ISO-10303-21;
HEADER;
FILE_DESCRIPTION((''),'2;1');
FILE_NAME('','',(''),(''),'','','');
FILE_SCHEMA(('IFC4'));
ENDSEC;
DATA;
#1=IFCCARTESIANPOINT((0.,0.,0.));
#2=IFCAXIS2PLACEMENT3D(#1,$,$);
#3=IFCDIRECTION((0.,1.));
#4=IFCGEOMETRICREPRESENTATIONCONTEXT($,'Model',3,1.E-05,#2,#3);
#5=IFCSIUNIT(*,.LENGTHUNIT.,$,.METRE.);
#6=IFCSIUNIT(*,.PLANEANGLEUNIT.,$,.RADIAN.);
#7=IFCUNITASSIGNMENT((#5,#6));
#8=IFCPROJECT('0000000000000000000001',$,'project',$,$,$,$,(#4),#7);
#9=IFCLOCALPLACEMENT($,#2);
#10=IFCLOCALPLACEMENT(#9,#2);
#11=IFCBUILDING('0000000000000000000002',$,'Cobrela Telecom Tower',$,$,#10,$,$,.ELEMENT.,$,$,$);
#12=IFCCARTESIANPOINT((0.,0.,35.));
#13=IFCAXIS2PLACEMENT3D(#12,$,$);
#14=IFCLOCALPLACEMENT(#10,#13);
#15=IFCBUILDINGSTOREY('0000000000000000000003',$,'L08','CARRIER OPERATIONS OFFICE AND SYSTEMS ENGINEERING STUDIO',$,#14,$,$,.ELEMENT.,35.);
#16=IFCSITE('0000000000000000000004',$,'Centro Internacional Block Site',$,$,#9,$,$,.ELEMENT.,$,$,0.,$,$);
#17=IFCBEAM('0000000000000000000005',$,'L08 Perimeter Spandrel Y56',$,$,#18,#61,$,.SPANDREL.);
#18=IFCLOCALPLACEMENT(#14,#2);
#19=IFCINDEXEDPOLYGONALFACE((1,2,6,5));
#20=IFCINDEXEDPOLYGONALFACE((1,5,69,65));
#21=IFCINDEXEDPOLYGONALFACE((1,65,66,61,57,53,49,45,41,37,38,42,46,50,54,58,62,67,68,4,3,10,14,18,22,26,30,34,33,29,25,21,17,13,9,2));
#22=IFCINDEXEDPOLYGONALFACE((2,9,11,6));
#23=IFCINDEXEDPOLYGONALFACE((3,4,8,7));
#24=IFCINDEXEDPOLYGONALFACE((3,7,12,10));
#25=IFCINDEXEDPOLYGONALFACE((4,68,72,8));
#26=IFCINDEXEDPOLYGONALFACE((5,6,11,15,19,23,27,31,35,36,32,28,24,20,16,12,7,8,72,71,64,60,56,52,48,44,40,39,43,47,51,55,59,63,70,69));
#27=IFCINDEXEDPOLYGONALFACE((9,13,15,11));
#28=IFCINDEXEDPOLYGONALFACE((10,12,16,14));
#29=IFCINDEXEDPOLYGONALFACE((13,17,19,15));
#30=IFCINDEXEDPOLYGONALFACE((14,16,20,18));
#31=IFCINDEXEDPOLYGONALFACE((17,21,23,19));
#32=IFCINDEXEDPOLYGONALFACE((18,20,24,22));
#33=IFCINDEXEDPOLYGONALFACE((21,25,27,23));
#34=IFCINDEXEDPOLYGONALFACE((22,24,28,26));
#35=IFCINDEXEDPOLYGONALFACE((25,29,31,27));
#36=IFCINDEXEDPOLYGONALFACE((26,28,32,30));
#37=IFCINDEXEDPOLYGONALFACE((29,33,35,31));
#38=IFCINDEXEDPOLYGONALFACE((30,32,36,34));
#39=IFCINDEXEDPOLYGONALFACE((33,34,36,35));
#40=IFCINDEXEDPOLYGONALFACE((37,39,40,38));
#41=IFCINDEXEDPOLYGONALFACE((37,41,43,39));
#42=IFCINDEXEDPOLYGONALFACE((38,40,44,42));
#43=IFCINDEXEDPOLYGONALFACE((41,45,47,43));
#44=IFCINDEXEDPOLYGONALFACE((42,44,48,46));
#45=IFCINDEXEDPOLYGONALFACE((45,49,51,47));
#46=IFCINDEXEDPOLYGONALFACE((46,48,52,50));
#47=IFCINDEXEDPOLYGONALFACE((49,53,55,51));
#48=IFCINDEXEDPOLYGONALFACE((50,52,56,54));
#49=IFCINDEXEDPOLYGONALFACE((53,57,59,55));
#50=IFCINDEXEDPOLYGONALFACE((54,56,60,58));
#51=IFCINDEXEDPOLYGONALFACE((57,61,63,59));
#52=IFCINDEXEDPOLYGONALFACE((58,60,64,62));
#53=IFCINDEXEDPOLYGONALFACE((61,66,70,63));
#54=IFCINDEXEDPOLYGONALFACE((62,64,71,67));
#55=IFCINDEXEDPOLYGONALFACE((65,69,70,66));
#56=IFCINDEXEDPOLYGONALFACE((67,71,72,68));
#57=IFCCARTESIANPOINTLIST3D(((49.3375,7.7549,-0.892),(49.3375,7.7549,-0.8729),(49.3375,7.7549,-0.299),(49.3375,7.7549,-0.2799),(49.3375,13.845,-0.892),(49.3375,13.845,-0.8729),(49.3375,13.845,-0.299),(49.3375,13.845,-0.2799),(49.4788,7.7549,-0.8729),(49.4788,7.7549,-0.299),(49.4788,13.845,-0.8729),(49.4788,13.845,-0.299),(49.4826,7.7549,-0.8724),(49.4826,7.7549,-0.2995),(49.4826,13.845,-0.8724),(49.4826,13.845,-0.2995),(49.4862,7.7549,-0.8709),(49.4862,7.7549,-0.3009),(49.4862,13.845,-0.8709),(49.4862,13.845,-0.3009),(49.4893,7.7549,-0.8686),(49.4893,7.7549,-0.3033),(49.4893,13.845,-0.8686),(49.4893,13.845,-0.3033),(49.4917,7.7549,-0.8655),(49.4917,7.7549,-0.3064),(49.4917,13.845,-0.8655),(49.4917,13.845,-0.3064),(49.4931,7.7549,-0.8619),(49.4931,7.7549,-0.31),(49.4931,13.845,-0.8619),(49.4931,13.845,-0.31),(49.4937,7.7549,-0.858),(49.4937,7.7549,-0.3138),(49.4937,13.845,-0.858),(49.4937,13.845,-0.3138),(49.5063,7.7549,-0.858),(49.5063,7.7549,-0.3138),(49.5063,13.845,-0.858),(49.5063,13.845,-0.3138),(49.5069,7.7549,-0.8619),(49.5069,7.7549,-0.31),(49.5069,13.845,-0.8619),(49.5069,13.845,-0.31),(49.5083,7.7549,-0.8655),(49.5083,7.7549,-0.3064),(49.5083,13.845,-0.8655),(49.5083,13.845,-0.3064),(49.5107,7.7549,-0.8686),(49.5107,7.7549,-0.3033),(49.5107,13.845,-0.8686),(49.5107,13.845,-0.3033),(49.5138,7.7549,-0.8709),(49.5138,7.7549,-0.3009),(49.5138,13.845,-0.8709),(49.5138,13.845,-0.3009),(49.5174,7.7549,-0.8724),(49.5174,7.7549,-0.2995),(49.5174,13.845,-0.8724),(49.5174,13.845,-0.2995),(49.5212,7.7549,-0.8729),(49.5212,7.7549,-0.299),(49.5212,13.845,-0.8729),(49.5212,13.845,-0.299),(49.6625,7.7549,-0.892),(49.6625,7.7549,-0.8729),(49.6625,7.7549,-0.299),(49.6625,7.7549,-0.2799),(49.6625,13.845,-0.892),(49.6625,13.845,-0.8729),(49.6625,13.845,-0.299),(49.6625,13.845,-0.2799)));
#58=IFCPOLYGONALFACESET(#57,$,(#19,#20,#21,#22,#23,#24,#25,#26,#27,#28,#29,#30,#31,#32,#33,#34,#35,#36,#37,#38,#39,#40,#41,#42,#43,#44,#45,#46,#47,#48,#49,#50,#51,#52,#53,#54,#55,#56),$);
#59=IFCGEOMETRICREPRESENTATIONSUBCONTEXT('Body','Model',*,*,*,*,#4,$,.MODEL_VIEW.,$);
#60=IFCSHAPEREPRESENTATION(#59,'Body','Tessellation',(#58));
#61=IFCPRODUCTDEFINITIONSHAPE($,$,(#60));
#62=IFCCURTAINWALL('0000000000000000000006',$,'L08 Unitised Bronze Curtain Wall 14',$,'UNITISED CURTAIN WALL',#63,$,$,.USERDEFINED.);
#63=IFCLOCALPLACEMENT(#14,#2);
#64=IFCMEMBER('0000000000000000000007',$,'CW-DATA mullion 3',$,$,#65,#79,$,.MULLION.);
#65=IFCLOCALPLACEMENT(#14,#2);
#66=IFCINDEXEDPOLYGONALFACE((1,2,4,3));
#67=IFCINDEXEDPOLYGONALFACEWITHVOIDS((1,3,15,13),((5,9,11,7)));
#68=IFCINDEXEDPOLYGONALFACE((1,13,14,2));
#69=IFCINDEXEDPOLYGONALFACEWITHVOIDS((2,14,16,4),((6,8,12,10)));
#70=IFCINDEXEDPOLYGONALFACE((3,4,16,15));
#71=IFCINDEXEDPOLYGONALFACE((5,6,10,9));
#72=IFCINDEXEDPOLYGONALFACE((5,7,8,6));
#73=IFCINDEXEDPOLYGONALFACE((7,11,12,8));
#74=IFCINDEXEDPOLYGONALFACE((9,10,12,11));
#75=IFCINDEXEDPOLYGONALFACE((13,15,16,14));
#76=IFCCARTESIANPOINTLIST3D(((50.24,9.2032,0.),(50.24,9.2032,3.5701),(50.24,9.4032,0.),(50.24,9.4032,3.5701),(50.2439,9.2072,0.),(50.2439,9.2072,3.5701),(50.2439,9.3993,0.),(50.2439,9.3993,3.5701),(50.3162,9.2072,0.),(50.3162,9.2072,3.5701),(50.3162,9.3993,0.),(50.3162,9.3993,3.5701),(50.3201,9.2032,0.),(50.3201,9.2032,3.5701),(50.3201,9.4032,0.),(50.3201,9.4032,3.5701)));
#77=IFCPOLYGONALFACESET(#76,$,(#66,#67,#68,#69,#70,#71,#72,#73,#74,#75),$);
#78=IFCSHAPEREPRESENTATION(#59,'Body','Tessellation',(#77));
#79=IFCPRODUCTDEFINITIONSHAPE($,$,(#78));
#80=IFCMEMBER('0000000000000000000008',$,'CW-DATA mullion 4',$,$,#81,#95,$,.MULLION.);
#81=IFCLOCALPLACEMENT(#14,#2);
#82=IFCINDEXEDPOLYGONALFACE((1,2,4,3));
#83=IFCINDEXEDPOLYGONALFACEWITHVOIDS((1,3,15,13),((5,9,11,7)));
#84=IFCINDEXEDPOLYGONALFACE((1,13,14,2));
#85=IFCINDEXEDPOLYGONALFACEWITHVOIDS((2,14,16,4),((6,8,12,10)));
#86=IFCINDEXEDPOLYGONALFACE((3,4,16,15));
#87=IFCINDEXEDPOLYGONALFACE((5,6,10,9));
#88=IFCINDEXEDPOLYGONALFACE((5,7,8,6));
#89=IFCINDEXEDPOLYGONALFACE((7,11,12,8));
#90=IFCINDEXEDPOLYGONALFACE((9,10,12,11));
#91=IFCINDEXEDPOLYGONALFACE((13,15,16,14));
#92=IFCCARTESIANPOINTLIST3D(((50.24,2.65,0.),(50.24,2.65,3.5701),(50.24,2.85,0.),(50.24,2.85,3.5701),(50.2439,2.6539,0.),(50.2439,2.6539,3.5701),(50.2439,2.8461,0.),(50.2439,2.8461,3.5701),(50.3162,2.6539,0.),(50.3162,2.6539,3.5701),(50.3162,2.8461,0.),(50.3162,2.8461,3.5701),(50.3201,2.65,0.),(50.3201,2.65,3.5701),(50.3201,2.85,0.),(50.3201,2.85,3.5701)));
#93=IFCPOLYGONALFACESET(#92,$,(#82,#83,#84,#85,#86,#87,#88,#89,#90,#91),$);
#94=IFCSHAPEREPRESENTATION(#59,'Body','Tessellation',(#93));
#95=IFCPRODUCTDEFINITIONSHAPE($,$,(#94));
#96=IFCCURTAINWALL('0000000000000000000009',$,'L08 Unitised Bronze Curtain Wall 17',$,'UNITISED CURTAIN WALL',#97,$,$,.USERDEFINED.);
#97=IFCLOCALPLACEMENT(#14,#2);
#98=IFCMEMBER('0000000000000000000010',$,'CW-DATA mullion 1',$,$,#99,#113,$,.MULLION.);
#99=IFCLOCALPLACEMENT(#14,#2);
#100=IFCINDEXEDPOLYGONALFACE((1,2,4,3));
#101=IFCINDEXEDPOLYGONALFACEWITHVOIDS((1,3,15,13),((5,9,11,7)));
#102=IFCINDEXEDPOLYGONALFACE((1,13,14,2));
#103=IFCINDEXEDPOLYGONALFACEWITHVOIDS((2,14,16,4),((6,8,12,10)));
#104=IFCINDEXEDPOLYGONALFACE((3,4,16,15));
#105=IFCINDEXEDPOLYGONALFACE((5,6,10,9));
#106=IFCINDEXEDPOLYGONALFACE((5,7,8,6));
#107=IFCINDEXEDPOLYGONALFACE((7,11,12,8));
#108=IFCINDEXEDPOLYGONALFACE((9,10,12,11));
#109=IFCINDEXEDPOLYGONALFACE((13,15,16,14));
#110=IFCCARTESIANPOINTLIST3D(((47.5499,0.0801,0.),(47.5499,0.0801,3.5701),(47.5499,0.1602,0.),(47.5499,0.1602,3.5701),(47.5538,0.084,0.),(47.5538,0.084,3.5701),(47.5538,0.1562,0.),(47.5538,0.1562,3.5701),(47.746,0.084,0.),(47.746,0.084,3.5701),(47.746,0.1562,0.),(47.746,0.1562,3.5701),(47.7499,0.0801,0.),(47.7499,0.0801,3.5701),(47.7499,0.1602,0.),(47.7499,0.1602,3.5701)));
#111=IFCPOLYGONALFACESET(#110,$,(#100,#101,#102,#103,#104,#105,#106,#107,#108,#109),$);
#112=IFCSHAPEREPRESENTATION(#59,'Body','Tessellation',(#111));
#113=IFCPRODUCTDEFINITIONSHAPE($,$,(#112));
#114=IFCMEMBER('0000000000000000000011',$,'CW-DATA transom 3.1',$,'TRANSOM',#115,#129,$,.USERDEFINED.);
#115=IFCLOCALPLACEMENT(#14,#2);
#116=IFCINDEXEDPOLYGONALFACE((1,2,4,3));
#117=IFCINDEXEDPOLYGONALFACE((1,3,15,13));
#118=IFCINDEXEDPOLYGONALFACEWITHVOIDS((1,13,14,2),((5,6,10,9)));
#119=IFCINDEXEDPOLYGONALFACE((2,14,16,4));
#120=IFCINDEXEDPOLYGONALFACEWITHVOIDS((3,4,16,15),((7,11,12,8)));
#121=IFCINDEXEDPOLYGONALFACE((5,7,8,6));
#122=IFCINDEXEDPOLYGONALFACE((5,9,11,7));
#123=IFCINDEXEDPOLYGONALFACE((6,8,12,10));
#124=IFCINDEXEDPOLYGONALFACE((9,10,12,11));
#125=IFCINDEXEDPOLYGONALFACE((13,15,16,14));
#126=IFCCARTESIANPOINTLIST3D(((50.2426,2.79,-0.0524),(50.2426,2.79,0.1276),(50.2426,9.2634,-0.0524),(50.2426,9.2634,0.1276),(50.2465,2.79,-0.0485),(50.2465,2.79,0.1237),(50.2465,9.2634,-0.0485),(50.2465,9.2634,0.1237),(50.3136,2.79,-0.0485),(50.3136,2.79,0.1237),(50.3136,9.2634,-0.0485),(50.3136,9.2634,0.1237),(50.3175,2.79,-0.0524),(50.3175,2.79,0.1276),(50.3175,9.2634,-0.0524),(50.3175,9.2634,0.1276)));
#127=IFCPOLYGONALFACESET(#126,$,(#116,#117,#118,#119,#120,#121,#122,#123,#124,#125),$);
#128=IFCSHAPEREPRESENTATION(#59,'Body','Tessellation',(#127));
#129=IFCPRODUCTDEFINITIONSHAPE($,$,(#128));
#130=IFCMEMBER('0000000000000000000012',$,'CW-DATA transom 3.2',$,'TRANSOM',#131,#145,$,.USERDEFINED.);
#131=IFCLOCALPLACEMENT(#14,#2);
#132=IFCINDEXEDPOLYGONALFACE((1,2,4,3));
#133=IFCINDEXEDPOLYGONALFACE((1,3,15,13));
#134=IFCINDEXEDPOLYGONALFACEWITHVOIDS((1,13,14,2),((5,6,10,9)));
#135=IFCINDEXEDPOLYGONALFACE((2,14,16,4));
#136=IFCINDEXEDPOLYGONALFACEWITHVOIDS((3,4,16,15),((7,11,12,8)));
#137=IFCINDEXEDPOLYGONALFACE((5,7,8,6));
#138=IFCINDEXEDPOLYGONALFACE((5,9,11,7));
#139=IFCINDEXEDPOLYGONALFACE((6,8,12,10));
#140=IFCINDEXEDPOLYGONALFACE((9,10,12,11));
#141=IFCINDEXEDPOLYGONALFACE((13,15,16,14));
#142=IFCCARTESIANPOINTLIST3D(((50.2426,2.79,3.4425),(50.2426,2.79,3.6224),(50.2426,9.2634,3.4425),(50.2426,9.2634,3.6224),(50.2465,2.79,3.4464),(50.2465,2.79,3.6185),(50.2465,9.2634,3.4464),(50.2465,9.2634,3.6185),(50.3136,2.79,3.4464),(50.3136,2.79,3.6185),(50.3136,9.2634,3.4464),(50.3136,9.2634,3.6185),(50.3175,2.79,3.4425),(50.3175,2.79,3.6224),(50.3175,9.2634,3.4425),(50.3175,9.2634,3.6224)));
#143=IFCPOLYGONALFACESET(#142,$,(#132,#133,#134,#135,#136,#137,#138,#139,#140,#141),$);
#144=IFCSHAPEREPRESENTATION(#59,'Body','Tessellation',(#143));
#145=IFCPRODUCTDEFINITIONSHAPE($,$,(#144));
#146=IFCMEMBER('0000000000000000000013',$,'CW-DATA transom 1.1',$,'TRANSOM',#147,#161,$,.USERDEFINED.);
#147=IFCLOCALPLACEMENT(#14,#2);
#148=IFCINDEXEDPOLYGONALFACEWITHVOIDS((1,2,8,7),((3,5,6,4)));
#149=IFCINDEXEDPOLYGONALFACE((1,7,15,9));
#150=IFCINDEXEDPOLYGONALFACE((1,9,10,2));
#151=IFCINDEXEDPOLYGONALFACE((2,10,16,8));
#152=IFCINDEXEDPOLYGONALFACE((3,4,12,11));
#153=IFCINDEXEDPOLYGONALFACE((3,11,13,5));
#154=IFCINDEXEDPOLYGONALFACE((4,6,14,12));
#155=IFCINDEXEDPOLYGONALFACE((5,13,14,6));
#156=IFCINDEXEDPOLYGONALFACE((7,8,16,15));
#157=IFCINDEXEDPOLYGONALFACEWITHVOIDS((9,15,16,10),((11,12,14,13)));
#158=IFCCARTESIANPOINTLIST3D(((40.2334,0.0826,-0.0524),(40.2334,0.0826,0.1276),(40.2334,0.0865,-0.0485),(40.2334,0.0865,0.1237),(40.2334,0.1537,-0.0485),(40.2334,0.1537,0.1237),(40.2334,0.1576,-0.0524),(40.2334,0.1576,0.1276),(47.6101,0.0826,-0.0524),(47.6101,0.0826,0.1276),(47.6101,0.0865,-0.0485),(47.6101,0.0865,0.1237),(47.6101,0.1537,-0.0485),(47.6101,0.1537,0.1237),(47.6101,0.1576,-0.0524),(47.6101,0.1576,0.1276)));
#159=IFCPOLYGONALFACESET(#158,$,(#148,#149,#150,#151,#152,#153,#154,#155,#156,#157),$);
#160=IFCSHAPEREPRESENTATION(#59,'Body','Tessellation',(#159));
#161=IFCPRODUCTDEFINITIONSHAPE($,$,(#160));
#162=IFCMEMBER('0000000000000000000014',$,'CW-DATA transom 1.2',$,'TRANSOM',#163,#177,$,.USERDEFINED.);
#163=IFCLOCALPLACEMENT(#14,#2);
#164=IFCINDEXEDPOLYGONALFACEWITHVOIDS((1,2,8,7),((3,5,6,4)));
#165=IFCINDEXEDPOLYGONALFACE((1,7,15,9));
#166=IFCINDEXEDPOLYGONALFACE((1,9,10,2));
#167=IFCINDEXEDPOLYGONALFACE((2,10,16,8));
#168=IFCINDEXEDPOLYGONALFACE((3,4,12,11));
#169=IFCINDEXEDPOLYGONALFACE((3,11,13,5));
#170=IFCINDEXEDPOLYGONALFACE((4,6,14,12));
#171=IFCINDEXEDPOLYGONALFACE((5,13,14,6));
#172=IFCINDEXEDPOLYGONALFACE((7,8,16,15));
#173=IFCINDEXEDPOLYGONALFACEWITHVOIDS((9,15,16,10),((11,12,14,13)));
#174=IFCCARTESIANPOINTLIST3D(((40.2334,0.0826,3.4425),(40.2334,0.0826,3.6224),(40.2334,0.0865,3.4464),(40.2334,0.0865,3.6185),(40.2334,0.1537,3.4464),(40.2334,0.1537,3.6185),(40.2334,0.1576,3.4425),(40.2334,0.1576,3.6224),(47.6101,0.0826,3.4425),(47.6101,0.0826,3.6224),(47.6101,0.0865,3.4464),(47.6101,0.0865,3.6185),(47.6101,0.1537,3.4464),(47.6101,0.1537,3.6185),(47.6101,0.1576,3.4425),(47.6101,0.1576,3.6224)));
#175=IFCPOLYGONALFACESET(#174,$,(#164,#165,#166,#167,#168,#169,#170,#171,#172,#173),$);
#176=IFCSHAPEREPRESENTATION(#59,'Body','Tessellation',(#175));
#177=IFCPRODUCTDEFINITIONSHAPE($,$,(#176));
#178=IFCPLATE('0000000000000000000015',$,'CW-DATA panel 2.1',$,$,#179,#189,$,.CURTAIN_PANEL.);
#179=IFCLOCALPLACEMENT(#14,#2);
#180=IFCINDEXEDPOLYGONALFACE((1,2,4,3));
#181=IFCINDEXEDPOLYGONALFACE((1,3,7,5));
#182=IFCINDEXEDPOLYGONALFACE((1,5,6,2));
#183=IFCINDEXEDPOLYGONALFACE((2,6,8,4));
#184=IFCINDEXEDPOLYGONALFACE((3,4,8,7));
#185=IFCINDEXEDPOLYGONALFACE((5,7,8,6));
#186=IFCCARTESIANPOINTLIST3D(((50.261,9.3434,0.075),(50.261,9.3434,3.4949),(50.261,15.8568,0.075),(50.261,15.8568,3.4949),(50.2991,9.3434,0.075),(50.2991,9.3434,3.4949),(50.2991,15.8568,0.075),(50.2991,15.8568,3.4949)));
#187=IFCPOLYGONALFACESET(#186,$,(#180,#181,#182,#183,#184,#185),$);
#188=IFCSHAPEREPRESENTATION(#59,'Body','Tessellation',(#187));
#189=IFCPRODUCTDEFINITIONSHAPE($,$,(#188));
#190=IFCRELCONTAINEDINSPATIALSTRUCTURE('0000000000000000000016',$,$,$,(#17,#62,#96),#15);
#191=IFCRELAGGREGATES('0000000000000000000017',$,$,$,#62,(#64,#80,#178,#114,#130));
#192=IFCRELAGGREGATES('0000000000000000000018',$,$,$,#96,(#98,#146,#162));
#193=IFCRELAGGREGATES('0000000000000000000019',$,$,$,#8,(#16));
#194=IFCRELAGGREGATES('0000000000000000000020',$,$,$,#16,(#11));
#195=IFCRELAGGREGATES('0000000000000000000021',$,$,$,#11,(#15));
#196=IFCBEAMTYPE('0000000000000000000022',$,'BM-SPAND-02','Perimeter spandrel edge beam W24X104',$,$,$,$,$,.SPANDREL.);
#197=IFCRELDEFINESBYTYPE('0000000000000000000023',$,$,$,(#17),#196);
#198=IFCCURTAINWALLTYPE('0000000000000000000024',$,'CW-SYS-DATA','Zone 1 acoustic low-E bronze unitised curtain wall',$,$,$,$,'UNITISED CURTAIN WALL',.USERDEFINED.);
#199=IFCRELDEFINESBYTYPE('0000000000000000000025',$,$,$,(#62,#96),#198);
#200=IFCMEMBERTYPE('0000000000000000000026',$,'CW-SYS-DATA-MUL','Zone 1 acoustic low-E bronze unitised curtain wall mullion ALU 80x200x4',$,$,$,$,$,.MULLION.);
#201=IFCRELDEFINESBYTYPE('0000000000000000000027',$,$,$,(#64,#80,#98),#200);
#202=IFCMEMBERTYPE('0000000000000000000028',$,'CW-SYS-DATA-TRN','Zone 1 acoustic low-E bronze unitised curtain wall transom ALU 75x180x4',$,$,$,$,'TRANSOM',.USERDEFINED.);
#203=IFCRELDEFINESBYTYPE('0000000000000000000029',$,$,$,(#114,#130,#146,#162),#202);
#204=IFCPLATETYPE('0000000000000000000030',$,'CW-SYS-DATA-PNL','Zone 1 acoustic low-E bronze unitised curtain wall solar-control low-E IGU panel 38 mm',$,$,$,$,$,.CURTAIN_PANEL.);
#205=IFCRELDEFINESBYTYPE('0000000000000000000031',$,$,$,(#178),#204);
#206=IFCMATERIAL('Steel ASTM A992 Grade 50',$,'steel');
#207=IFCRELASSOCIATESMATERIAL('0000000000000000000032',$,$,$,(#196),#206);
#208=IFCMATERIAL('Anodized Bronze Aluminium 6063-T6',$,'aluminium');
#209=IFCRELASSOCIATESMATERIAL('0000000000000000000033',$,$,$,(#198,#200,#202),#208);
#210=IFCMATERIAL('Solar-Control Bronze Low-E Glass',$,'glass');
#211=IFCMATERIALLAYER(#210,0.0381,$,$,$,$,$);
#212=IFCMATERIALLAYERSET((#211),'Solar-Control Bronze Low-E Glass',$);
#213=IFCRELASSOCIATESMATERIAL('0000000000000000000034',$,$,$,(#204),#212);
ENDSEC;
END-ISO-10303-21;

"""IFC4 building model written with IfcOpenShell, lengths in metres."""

from ifc_helpers import new_model, si_unit, direction, frame, origin, origin_2d, place, context, subcontext, project, spatial, rectangle, hollow_rectangle, i_section, extrude, material, layer, layer_set, material_profile, profile_set, type_object, element, aggregate, save


model = new_model("IFC4")

# Units and contexts
model_context = context("Model", 3, precision=1e-05, world=origin(), true_north=direction((0.0, 1.0)))
body_context = subcontext(model_context, "Body", "Model", "MODEL_VIEW")
ifc_project = project(units=[si_unit("LENGTHUNIT", "METRE"), si_unit("PLANEANGLEUNIT", "RADIAN")], contexts=[model_context])

# Site, building, storey
site_placement = place(None, origin())
site = spatial("IfcSite", under=ifc_project, at=site_placement, Name="Centro Internacional Block Site", CompositionType="ELEMENT", RefElevation=0.0)
building_placement = place(site_placement, origin())
building = spatial("IfcBuilding", under=site, at=building_placement, Name="Cobrela Telecom Tower", CompositionType="ELEMENT")
storey_placement = place(building_placement, frame((0.0, 0.0, 35.0)))
storey = spatial("IfcBuildingStorey", under=building, at=storey_placement, Name="L08", Description="CARRIER OPERATIONS OFFICE AND SYSTEMS ENGINEERING STUDIO", CompositionType="ELEMENT", Elevation=35.0)

# Shared definitions
ifc_material_1 = material(Name="Steel ASTM A992 Grade 50", Category="steel")

# Beam
ifc_material_profile_1 = material_profile(ifc_material_1, i_section(OverallWidth=0.325, OverallDepth=0.6121, WebThickness=0.0127, FlangeThickness=0.019, FilletRadius=0.0149, at=origin_2d()), Name="W24X104")
ifc_profile_set_1 = profile_set([ifc_material_profile_1], Name="Steel ASTM A992 Grade 50")
beam_type_1 = type_object("IfcBeamType", Name="BM-SPAND-02", Description="Perimeter spandrel edge beam W24X104", PredefinedType="SPANDREL", material=ifc_profile_set_1)
beam_1_placement = place(storey_placement, frame((49.5, 7.7549, -0.5859), z_axis=(0.0, 1.0, 0.0), x_axis=(-1.0, 0.0, 0.0)))
element("IfcBeam", 1, at=beam_1_placement, inside=storey, type_object=beam_type_1, Name="L08 Perimeter Spandrel Y56", PredefinedType="SPANDREL", context=body_context, shape_type="SweptSolid", body=[
    extrude(i_section(OverallWidth=0.325, OverallDepth=0.6121, WebThickness=0.0127, FlangeThickness=0.019, FilletRadius=0.0149, at=origin_2d()), origin(), (0.0, 0.0, 1.0), 6.0901),
])

# Curtain wall, members
ifc_material_2 = material(Name="Anodized Bronze Aluminium 6063-T6", Category="aluminium")
curtain_wall_type = type_object("IfcCurtainWallType", Name="CW-SYS-DATA", Description="Zone 1 acoustic low-E bronze unitised curtain wall", ElementType="UNITISED CURTAIN WALL", PredefinedType="USERDEFINED", material=ifc_material_2)
curtain_wall_1_placement = place(storey_placement, origin())
curtain_wall_1 = element("IfcCurtainWall", 2, at=curtain_wall_1_placement, inside=storey, type_object=curtain_wall_type, Name="L08 Unitised Bronze Curtain Wall 14", ObjectType="UNITISED CURTAIN WALL", PredefinedType="USERDEFINED")
ifc_material_profile_2 = material_profile(ifc_material_2, hollow_rectangle(XDim=0.0801, YDim=0.2, WallThickness=0.0039, at=origin_2d()), Name="ALU 80x200x4")
ifc_profile_set_2 = profile_set([ifc_material_profile_2], Name="Anodized Bronze Aluminium 6063-T6")
member_type_1 = type_object("IfcMemberType", Name="CW-SYS-DATA-MUL", Description="Zone 1 acoustic low-E bronze unitised curtain wall mullion ALU 80x200x4", PredefinedType="MULLION", material=ifc_profile_set_2)
member_1_placement = place(storey_placement, frame((50.28, 9.3032, 0.0), z_axis=(0.0, 0.0, 1.0), x_axis=(1.0, 0.0, 0.0)))
member_1 = element("IfcMember", 3, at=member_1_placement, type_object=member_type_1, Name="CW-DATA mullion 3", PredefinedType="MULLION", context=body_context, shape_type="SweptSolid", body=[
    extrude(hollow_rectangle(XDim=0.0801, YDim=0.2, WallThickness=0.0039, at=origin_2d()), origin(), (0.0, 0.0, 1.0), 3.5701),
])
member_2_placement = place(storey_placement, frame((50.28, 2.75, 0.0), z_axis=(0.0, 0.0, 1.0), x_axis=(1.0, 0.0, 0.0)))
member_2 = element("IfcMember", 4, at=member_2_placement, type_object=member_type_1, Name="CW-DATA mullion 4", PredefinedType="MULLION", context=body_context, shape_type="SweptSolid", body=[
    extrude(hollow_rectangle(XDim=0.0801, YDim=0.2, WallThickness=0.0039, at=origin_2d()), origin(), (0.0, 0.0, 1.0), 3.5701),
])

# Curtain wall, member
curtain_wall_2_placement = place(storey_placement, origin())
curtain_wall_2 = element("IfcCurtainWall", 5, at=curtain_wall_2_placement, inside=storey, type_object=curtain_wall_type, Name="L08 Unitised Bronze Curtain Wall 17", ObjectType="UNITISED CURTAIN WALL", PredefinedType="USERDEFINED")
member_3_placement = place(storey_placement, frame((47.6499, 0.1201, 0.0), z_axis=(0.0, 0.0, 1.0), x_axis=(0.0, -1.0, 0.0)))
member_3 = element("IfcMember", 6, at=member_3_placement, type_object=member_type_1, Name="CW-DATA mullion 1", PredefinedType="MULLION", context=body_context, shape_type="SweptSolid", body=[
    extrude(hollow_rectangle(XDim=0.0801, YDim=0.2, WallThickness=0.0039, at=origin_2d()), origin(), (0.0, 0.0, 1.0), 3.5701),
])

# Members
ifc_material_profile_3 = material_profile(ifc_material_2, hollow_rectangle(XDim=0.075, YDim=0.1799, WallThickness=0.0039, at=origin_2d()), Name="ALU 75x180x4")
ifc_profile_set_3 = profile_set([ifc_material_profile_3], Name="Anodized Bronze Aluminium 6063-T6")
member_type_2 = type_object("IfcMemberType", Name="CW-SYS-DATA-TRN", Description="Zone 1 acoustic low-E bronze unitised curtain wall transom ALU 75x180x4", ElementType="TRANSOM", PredefinedType="USERDEFINED", material=ifc_profile_set_3)
member_4_placement = place(storey_placement, frame((50.28, 9.2634, 0.0376), z_axis=(0.0, -1.0, 0.0), x_axis=(1.0, 0.0, 0.0)))
member_4 = element("IfcMember", 7, at=member_4_placement, type_object=member_type_2, Name="CW-DATA transom 3.1", ObjectType="TRANSOM", PredefinedType="USERDEFINED", context=body_context, shape_type="SweptSolid", body=[
    extrude(hollow_rectangle(XDim=0.075, YDim=0.1799, WallThickness=0.0039, at=origin_2d()), origin(), (0.0, 0.0, 1.0), 6.4734),
])
member_5_placement = place(storey_placement, frame((50.28, 9.2634, 3.5325), z_axis=(0.0, -1.0, 0.0), x_axis=(1.0, 0.0, 0.0)))
member_5 = element("IfcMember", 8, at=member_5_placement, type_object=member_type_2, Name="CW-DATA transom 3.2", ObjectType="TRANSOM", PredefinedType="USERDEFINED", context=body_context, shape_type="SweptSolid", body=[
    extrude(hollow_rectangle(XDim=0.075, YDim=0.1799, WallThickness=0.0039, at=origin_2d()), origin(), (0.0, 0.0, 1.0), 6.4734),
])
member_6_placement = place(storey_placement, frame((47.6101, 0.1201, 0.0376), z_axis=(-1.0, 0.0, 0.0), x_axis=(0.0, -1.0, 0.0)))
member_6 = element("IfcMember", 9, at=member_6_placement, type_object=member_type_2, Name="CW-DATA transom 1.1", ObjectType="TRANSOM", PredefinedType="USERDEFINED", context=body_context, shape_type="SweptSolid", body=[
    extrude(hollow_rectangle(XDim=0.075, YDim=0.1799, WallThickness=0.0039, at=origin_2d()), origin(), (0.0, 0.0, 1.0), 7.3767),
])
member_7_placement = place(storey_placement, frame((47.6101, 0.1201, 3.5325), z_axis=(-1.0, 0.0, 0.0), x_axis=(0.0, -1.0, 0.0)))
member_7 = element("IfcMember", 10, at=member_7_placement, type_object=member_type_2, Name="CW-DATA transom 1.2", ObjectType="TRANSOM", PredefinedType="USERDEFINED", context=body_context, shape_type="SweptSolid", body=[
    extrude(hollow_rectangle(XDim=0.075, YDim=0.1799, WallThickness=0.0039, at=origin_2d()), origin(), (0.0, 0.0, 1.0), 7.3767),
])

# Plate
ifc_material_3 = material(Name="Solar-Control Bronze Low-E Glass", Category="glass")
ifc_layer_1 = layer(ifc_material_3, 0.0381)
ifc_layer_set_1 = layer_set([ifc_layer_1], Name="Solar-Control Bronze Low-E Glass")
plate_type = type_object("IfcPlateType", Name="CW-SYS-DATA-PNL", Description="Zone 1 acoustic low-E bronze unitised curtain wall solar-control low-E IGU panel 38 mm", PredefinedType="CURTAIN_PANEL", material=ifc_layer_set_1)
plate_1_placement = place(storey_placement, frame((50.28, 12.6001, 0.075), z_axis=(0.0, 0.0, 1.0), x_axis=(0.0, -1.0, 0.0)))
plate_1 = element("IfcPlate", 11, at=plate_1_placement, type_object=plate_type, Name="CW-DATA panel 2.1", PredefinedType="CURTAIN_PANEL", context=body_context, shape_type="SweptSolid", body=[
    extrude(rectangle(XDim=6.5134, YDim=0.0381, at=origin_2d()), origin(), (0.0, 0.0, 1.0), 3.4199),
])
aggregate(curtain_wall_1, [member_1, member_2, plate_1, member_4, member_5])
aggregate(curtain_wall_2, [member_3, member_6, member_7])

save(model, "model.ifc")
